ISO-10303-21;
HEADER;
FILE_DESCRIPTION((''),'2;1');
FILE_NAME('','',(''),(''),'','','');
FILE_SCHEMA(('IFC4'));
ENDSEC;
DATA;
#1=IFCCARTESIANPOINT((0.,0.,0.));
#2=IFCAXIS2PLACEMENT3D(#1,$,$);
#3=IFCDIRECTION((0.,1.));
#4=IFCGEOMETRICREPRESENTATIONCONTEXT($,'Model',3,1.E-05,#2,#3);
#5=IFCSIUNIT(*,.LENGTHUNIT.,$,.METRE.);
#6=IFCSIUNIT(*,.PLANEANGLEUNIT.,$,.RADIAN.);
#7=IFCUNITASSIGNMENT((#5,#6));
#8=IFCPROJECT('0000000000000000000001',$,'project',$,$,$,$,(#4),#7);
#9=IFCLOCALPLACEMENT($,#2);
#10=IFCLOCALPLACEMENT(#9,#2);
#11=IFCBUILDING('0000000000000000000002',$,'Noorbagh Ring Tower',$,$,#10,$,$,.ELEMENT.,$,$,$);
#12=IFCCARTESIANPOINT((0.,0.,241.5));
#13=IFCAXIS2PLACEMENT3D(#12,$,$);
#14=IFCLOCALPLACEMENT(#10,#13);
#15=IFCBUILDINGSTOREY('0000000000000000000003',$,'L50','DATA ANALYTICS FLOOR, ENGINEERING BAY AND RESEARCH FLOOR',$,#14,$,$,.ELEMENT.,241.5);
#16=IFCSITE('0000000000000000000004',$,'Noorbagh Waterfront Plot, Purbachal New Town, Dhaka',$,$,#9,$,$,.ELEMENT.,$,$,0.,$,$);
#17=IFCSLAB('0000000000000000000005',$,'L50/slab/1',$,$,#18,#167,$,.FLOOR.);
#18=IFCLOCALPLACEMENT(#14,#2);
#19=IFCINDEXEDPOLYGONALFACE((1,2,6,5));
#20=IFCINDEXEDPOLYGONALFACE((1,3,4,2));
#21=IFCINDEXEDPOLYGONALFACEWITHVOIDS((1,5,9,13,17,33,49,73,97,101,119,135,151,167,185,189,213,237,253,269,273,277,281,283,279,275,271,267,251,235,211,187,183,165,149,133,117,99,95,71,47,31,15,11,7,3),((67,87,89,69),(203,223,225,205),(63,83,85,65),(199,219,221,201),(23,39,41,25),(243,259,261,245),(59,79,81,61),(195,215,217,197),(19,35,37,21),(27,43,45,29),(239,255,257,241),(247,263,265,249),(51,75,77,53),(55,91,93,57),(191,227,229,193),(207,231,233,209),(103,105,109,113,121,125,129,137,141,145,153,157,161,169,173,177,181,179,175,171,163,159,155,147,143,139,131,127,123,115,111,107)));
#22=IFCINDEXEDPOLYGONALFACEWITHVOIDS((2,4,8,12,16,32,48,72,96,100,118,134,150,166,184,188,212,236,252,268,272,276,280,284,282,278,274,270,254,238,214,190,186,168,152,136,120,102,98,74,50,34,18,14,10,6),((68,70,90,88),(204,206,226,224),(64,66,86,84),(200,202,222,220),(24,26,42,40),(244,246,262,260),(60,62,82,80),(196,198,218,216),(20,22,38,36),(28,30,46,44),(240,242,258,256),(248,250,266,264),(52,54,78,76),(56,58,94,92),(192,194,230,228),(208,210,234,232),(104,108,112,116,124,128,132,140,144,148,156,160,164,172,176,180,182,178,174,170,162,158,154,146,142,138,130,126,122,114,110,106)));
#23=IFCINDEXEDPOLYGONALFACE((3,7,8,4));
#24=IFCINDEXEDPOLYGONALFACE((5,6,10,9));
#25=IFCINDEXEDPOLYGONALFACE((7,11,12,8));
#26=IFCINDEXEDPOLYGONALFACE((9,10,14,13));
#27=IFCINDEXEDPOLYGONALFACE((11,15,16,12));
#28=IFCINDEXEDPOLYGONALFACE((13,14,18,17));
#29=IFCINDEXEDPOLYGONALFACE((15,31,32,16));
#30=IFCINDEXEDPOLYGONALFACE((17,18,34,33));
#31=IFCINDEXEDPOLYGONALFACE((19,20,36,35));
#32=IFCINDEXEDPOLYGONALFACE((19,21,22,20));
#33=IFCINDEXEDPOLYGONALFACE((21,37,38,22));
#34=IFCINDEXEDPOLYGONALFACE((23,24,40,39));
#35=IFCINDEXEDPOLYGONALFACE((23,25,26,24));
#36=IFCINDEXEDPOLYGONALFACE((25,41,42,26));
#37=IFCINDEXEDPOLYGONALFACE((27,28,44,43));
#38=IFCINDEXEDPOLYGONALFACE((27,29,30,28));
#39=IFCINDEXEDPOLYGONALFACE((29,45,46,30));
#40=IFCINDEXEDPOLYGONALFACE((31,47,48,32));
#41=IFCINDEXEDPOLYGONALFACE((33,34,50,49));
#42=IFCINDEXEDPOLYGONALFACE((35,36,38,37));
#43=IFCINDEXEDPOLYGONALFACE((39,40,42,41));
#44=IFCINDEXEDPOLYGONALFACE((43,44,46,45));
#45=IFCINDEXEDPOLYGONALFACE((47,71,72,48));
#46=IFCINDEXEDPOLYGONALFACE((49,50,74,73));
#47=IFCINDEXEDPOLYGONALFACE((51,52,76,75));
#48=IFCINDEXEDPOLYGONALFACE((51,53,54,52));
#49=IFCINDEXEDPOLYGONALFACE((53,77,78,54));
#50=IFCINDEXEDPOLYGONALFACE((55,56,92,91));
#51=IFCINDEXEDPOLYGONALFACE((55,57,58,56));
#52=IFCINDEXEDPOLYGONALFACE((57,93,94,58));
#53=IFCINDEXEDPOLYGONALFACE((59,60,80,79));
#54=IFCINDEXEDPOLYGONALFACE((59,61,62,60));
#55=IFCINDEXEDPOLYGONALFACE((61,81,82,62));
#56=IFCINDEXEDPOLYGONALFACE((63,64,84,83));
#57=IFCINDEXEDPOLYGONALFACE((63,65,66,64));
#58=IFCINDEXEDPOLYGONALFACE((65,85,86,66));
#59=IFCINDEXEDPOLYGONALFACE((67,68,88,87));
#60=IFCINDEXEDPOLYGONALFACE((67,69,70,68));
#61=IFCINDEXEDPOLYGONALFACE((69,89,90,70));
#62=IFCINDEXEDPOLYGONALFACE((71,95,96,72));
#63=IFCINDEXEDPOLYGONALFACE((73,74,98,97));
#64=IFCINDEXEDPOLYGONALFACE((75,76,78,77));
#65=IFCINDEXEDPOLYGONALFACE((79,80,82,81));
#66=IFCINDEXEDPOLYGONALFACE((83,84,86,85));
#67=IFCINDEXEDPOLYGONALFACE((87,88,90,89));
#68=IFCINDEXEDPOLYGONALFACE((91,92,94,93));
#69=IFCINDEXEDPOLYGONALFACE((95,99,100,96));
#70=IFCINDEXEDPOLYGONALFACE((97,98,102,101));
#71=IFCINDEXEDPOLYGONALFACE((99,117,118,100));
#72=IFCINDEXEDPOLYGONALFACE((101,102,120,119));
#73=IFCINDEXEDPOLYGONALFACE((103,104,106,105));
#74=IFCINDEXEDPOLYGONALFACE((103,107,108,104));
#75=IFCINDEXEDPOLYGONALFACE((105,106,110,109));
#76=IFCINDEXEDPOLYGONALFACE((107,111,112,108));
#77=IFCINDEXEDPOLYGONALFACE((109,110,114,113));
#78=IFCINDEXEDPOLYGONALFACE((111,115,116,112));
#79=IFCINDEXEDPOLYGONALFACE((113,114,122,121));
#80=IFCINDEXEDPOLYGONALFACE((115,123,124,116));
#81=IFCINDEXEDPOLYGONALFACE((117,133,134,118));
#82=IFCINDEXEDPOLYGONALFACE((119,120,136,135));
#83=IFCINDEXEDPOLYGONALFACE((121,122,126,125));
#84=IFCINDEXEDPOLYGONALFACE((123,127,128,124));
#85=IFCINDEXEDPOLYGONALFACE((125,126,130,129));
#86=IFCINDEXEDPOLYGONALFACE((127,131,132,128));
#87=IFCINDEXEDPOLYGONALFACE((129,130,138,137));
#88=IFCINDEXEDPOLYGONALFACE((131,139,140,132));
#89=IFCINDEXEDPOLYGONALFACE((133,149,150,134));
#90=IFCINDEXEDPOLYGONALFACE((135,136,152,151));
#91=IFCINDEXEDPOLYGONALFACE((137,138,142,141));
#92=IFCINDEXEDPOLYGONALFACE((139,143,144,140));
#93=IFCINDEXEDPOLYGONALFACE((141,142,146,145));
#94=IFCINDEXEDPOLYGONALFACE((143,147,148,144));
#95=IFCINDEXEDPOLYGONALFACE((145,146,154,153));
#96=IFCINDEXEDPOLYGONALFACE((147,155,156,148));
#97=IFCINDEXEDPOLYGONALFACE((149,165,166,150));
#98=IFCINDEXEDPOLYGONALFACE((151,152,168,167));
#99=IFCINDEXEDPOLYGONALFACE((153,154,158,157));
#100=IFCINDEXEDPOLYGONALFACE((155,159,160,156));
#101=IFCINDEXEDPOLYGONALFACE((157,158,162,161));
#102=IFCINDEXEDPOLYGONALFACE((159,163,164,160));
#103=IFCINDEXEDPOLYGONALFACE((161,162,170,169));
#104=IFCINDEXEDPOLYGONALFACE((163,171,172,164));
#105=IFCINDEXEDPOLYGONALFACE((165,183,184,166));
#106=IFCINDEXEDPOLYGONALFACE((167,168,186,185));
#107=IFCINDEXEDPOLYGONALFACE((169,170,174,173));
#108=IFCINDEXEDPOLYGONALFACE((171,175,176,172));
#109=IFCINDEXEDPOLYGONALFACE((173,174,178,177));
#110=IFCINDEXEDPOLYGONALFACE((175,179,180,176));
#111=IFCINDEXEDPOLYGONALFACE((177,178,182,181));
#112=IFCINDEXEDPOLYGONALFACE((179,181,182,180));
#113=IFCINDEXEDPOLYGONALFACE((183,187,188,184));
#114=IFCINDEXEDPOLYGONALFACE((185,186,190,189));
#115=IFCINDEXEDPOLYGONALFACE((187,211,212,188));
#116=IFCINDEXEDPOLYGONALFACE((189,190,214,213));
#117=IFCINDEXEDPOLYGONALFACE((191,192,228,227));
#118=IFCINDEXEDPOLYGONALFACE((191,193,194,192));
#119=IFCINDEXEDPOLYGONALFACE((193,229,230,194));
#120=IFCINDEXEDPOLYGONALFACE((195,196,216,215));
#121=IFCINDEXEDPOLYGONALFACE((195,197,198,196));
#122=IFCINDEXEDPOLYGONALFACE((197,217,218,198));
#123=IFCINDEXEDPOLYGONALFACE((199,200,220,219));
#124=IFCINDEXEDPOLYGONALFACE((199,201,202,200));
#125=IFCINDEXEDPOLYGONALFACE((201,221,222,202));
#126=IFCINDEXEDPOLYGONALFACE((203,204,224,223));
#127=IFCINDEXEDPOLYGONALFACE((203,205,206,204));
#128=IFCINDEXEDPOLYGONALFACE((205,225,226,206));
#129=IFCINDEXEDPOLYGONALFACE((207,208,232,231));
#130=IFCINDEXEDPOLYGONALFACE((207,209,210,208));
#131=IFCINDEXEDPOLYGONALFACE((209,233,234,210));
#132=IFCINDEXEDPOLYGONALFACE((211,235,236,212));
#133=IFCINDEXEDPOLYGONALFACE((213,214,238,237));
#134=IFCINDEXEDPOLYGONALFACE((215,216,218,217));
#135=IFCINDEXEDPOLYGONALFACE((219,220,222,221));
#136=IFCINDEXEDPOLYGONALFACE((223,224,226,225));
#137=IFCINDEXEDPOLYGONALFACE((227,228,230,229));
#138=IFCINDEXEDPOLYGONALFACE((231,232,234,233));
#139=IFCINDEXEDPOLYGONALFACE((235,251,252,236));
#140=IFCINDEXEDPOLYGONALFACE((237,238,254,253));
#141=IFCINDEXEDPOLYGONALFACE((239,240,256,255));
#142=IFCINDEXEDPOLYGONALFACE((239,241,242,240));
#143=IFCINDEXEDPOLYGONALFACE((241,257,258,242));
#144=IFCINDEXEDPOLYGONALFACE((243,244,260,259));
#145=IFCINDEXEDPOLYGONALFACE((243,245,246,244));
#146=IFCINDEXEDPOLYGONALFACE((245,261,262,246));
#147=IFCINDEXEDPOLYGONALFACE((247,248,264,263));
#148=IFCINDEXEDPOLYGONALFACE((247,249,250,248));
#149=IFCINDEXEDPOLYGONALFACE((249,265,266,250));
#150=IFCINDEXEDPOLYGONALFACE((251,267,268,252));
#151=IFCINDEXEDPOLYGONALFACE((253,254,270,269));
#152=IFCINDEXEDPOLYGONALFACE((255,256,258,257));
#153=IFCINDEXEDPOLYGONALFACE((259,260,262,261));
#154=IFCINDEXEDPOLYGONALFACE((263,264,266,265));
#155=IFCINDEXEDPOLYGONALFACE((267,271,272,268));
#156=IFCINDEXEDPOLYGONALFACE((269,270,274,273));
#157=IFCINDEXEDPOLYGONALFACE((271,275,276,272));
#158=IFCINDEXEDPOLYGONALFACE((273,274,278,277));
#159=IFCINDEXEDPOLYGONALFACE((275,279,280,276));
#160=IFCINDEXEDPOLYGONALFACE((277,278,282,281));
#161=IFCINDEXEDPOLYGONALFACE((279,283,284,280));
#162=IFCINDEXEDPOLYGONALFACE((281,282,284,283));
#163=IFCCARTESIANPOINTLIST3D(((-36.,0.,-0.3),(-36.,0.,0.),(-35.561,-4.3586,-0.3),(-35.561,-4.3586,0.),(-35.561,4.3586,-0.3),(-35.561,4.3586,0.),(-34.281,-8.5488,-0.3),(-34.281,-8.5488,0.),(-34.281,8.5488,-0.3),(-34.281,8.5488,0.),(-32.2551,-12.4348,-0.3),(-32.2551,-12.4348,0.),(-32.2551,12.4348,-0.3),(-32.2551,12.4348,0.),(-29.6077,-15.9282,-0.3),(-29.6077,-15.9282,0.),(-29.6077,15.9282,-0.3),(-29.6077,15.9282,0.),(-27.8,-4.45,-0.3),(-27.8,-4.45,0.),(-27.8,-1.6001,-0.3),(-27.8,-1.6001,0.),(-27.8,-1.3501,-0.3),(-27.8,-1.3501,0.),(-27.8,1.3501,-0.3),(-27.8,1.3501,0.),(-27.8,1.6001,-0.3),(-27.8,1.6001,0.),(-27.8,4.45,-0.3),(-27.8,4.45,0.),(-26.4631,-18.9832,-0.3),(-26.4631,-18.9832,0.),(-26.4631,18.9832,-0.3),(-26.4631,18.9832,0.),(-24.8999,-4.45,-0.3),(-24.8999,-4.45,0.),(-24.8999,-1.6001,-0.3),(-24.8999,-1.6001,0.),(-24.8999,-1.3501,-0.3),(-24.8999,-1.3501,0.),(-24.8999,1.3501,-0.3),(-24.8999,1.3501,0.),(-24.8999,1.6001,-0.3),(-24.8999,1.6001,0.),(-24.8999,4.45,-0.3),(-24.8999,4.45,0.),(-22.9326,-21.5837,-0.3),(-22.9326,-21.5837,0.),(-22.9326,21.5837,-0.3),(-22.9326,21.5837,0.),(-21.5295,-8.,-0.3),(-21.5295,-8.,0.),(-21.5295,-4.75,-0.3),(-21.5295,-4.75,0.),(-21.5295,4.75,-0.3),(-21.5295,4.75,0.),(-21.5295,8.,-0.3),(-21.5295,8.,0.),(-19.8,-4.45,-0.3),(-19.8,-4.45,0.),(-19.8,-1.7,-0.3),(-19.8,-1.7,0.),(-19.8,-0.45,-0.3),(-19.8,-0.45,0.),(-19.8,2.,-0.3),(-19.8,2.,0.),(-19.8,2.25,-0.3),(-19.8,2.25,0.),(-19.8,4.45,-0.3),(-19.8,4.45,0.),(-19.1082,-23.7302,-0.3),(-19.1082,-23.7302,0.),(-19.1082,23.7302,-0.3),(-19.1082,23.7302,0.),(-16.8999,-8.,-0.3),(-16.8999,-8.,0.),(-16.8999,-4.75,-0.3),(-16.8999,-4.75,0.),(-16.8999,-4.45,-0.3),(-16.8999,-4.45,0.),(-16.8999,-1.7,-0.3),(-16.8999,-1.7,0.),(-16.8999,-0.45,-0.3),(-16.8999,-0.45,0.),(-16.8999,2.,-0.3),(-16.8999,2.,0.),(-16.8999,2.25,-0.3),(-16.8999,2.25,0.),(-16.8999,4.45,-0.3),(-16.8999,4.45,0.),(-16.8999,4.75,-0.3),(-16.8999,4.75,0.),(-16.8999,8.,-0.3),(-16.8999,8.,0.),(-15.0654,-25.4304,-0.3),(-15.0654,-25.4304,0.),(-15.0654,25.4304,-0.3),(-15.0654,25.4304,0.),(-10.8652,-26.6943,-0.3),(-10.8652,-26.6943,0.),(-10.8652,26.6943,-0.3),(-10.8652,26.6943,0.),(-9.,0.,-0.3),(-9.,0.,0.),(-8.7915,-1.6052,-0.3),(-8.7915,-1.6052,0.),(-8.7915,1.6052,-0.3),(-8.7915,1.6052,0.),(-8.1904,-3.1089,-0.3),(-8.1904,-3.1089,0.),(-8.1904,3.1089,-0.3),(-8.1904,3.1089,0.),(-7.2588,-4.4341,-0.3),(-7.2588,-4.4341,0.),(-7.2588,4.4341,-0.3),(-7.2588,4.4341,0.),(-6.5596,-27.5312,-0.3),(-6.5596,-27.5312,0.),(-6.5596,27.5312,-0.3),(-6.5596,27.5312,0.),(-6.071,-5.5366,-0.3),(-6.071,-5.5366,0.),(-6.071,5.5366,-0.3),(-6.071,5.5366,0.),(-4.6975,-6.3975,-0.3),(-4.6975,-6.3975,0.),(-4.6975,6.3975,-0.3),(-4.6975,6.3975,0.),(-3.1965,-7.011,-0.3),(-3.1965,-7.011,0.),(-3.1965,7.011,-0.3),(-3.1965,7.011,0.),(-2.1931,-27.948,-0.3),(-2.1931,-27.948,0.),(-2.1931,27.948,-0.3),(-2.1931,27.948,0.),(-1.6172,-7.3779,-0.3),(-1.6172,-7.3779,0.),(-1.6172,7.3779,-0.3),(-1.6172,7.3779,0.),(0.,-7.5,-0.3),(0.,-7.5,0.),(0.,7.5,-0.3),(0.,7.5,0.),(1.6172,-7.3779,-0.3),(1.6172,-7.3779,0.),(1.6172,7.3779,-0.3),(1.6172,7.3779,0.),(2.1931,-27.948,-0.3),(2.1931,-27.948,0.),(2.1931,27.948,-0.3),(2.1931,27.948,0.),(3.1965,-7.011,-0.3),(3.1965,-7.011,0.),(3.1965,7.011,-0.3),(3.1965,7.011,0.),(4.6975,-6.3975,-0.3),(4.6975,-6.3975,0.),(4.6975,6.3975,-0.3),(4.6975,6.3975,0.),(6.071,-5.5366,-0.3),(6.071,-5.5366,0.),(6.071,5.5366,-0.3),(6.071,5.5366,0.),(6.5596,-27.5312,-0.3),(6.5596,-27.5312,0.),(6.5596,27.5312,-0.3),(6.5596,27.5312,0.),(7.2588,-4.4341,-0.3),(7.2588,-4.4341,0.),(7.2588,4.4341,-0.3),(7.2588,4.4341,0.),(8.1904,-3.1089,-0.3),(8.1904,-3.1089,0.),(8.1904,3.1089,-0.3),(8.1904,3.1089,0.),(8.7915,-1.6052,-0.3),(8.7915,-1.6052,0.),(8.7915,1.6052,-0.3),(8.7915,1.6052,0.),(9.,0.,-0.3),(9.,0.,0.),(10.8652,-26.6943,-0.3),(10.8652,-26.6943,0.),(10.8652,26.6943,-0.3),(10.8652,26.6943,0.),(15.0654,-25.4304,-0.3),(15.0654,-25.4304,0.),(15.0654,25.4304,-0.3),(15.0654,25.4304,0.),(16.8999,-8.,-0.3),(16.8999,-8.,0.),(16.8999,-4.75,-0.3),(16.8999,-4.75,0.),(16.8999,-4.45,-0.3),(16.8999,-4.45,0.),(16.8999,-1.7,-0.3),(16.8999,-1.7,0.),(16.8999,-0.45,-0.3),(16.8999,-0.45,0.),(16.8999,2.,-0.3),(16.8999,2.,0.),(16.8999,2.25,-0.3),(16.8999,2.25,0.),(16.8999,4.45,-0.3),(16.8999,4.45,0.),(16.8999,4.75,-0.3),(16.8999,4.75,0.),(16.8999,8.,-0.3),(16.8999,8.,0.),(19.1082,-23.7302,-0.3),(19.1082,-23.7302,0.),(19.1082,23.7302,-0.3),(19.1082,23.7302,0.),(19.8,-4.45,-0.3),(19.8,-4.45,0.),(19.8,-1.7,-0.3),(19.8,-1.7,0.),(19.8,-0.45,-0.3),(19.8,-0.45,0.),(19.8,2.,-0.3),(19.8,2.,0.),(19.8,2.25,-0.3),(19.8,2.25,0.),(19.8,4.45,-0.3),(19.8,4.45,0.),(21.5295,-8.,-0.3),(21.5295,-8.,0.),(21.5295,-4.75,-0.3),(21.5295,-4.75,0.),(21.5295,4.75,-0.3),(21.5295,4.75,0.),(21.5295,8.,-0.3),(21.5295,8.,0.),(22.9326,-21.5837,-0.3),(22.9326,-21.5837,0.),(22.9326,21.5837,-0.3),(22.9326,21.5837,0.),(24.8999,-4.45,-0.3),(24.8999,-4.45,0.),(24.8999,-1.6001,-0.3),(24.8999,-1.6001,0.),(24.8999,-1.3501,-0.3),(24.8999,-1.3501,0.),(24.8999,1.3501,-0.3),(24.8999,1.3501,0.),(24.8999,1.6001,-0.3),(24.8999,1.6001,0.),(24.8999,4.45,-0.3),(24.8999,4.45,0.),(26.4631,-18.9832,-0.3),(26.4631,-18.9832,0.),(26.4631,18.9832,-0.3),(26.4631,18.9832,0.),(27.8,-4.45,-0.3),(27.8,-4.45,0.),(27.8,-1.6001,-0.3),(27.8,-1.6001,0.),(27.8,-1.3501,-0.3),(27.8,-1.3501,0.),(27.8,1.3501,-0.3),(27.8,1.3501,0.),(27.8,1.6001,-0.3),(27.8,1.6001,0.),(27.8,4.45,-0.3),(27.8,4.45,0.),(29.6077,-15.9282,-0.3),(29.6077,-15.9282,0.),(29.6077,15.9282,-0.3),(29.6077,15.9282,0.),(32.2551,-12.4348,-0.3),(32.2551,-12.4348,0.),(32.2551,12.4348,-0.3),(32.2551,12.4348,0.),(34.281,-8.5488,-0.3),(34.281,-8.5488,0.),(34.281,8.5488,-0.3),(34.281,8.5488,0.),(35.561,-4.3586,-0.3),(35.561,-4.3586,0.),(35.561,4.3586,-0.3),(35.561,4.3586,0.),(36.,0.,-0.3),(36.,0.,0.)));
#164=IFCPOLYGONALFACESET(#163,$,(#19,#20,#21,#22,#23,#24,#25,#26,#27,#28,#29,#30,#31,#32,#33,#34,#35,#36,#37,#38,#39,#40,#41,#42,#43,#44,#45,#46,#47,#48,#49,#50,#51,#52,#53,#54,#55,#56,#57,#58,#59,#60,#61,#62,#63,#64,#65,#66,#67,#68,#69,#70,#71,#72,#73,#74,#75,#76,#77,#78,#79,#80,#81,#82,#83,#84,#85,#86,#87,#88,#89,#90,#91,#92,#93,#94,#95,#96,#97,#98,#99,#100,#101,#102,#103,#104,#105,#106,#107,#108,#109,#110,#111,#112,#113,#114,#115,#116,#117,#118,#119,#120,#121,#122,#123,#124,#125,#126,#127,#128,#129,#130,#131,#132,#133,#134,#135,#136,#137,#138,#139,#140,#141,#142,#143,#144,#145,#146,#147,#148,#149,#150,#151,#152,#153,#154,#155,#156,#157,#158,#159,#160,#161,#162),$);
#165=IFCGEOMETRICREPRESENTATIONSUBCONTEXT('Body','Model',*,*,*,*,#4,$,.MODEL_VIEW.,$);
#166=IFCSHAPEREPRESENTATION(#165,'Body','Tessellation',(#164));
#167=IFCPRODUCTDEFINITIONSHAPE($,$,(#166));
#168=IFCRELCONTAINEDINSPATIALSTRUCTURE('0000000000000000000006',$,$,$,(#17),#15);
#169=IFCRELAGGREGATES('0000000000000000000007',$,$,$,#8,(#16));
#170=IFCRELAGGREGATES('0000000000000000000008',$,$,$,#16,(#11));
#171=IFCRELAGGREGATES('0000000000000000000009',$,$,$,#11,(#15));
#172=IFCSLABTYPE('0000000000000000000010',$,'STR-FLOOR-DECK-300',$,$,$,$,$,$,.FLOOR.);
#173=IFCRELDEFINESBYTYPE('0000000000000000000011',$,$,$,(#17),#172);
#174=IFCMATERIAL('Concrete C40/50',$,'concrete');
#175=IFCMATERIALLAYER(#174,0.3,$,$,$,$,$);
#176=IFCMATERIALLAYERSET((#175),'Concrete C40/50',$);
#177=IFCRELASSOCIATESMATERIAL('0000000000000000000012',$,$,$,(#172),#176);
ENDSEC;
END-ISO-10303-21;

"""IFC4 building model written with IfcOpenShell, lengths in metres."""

from ifc_helpers import new_model, si_unit, direction, frame, origin, place, context, subcontext, project, spatial, polyline, outline, extrude, material, layer, layer_set, type_object, element, save


model = new_model("IFC4")

# Units and contexts
model_context = context("Model", 3, precision=1e-05, world=origin(), true_north=direction((0.0, 1.0)))
body_context = subcontext(model_context, "Body", "Model", "MODEL_VIEW")
ifc_project = project(units=[si_unit("LENGTHUNIT", "METRE"), si_unit("PLANEANGLEUNIT", "RADIAN")], contexts=[model_context])

# Site, building, storey
site_placement = place(None, origin())
site = spatial("IfcSite", under=ifc_project, at=site_placement, Name="Noorbagh Waterfront Plot, Purbachal New Town, Dhaka", CompositionType="ELEMENT", RefElevation=0.0)
building_placement = place(site_placement, origin())
building = spatial("IfcBuilding", under=site, at=building_placement, Name="Noorbagh Ring Tower", CompositionType="ELEMENT")
storey_placement = place(building_placement, frame((0.0, 0.0, 241.5)))
storey = spatial("IfcBuildingStorey", under=building, at=storey_placement, Name="L50", Description="DATA ANALYTICS FLOOR, ENGINEERING BAY AND RESEARCH FLOOR", CompositionType="ELEMENT", Elevation=241.5)

# Slab
ifc_material_1 = material(Name="Concrete C40/50", Category="concrete")
ifc_layer_1 = layer(ifc_material_1, 0.3)
ifc_layer_set_1 = layer_set([ifc_layer_1], Name="Concrete C40/50")
slab_type_1 = type_object("IfcSlabType", Name="STR-FLOOR-DECK-300", PredefinedType="FLOOR", material=ifc_layer_set_1)
slab_1_placement = place(storey_placement, frame((0.0, 0.0, -0.3)))
element("IfcSlab", 1, at=slab_1_placement, inside=storey, type_object=slab_type_1, Name="L50/slab/1", PredefinedType="FLOOR", context=body_context, shape_type="SweptSolid", body=[
    extrude(outline(polyline([(36.0, 0.0), (35.561, 4.3586), (34.281, 8.5488), (32.2551, 12.4348), (29.6077, 15.9282), (26.4631, 18.9832), (22.9326, 21.5837), (19.1082, 23.7302), (15.0654, 25.4304), (10.8652, 26.6943), (6.5596, 27.5312), (2.1931, 27.948), (-2.1931, 27.948), (-6.5596, 27.5312), (-10.8652, 26.6943), (-15.0654, 25.4304), (-19.1082, 23.7302), (-22.9326, 21.5837), (-26.4631, 18.9832), (-29.6077, 15.9282), (-32.2551, 12.4348), (-34.281, 8.5488), (-35.561, 4.3586), (-36.0, 0.0), (-35.561, -4.3586), (-34.281, -8.5488), (-32.2551, -12.4348), (-29.6077, -15.9282), (-26.4631, -18.9832), (-22.9326, -21.5837), (-19.1082, -23.7302), (-15.0654, -25.4304), (-10.8652, -26.6943), (-6.5596, -27.5312), (-2.1931, -27.948), (2.1931, -27.948), (6.5596, -27.5312), (10.8652, -26.6943), (15.0654, -25.4304), (19.1082, -23.7302), (22.9326, -21.5837), (26.4631, -18.9832), (29.6077, -15.9282), (32.2551, -12.4348), (34.281, -8.5488), (35.561, -4.3586), (36.0, 0.0)]), holes=[polyline([(24.8999, 4.45), (27.8, 4.45), (27.8, 1.6001), (24.8999, 1.6001), (24.8999, 4.45)]), polyline([(24.8999, 1.3501), (27.8, 1.3501), (27.8, -1.3501), (24.8999, -1.3501), (24.8999, 1.3501)]), polyline([(24.8999, -1.6001), (27.8, -1.6001), (27.8, -4.45), (24.8999, -4.45), (24.8999, -1.6001)]), polyline([(21.5295, -8.0), (16.8999, -8.0), (16.8999, -4.75), (21.5295, -4.75), (21.5295, -8.0)]), polyline([(16.8999, 4.75), (16.8999, 8.0), (21.5295, 8.0), (21.5295, 4.75), (16.8999, 4.75)]), polyline([(19.8, 4.45), (19.8, 2.25), (16.8999, 2.25), (16.8999, 4.45), (19.8, 4.45)]), polyline([(16.8999, 2.0), (19.8, 2.0), (19.8, -0.45), (16.8999, -0.45), (16.8999, 2.0)]), polyline([(16.8999, -1.7), (19.8, -1.7), (19.8, -4.45), (16.8999, -4.45), (16.8999, -1.7)]), polyline([(4.6975, -6.3975), (3.1965, -7.011), (1.6172, -7.3779), (0.0, -7.5), (-1.6172, -7.3779), (-3.1965, -7.011), (-4.6975, -6.3975), (-6.071, -5.5366), (-7.2588, -4.4341), (-8.1904, -3.1089), (-8.7915, -1.6052), (-9.0, 0.0), (-8.7915, 1.6052), (-8.1904, 3.1089), (-7.2588, 4.4341), (-6.071, 5.5366), (-4.6975, 6.3975), (-3.1965, 7.011), (-1.6172, 7.3779), (0.0, 7.5), (1.6172, 7.3779), (3.1965, 7.011), (4.6975, 6.3975), (6.071, 5.5366), (7.2588, 4.4341), (8.1904, 3.1089), (8.7915, 1.6052), (9.0, 0.0), (8.7915, -1.6052), (8.1904, -3.1089), (7.2588, -4.4341), (6.071, -5.5366), (4.6975, -6.3975)]), polyline([(-16.8999, 2.25), (-19.8, 2.25), (-19.8, 4.45), (-16.8999, 4.45), (-16.8999, 2.25)]), polyline([(-16.8999, -0.45), (-19.8, -0.45), (-19.8, 2.0), (-16.8999, 2.0), (-16.8999, -0.45)]), polyline([(-16.8999, -4.45), (-19.8, -4.45), (-19.8, -1.7), (-16.8999, -1.7), (-16.8999, -4.45)]), polyline([(-21.5295, 8.0), (-16.8999, 8.0), (-16.8999, 4.75), (-21.5295, 4.75), (-21.5295, 8.0)]), polyline([(-21.5295, -4.75), (-16.8999, -4.75), (-16.8999, -8.0), (-21.5295, -8.0), (-21.5295, -4.75)]), polyline([(-24.8999, -4.45), (-27.8, -4.45), (-27.8, -1.6001), (-24.8999, -1.6001), (-24.8999, -4.45)]), polyline([(-24.8999, 1.6001), (-27.8, 1.6001), (-27.8, 4.45), (-24.8999, 4.45), (-24.8999, 1.6001)]), polyline([(-24.8999, -1.3501), (-27.8, -1.3501), (-27.8, 1.3501), (-24.8999, 1.3501), (-24.8999, -1.3501)])]), origin(), (0.0, 0.0, 1.0), 0.3),
])

save(model, "model.ifc")
